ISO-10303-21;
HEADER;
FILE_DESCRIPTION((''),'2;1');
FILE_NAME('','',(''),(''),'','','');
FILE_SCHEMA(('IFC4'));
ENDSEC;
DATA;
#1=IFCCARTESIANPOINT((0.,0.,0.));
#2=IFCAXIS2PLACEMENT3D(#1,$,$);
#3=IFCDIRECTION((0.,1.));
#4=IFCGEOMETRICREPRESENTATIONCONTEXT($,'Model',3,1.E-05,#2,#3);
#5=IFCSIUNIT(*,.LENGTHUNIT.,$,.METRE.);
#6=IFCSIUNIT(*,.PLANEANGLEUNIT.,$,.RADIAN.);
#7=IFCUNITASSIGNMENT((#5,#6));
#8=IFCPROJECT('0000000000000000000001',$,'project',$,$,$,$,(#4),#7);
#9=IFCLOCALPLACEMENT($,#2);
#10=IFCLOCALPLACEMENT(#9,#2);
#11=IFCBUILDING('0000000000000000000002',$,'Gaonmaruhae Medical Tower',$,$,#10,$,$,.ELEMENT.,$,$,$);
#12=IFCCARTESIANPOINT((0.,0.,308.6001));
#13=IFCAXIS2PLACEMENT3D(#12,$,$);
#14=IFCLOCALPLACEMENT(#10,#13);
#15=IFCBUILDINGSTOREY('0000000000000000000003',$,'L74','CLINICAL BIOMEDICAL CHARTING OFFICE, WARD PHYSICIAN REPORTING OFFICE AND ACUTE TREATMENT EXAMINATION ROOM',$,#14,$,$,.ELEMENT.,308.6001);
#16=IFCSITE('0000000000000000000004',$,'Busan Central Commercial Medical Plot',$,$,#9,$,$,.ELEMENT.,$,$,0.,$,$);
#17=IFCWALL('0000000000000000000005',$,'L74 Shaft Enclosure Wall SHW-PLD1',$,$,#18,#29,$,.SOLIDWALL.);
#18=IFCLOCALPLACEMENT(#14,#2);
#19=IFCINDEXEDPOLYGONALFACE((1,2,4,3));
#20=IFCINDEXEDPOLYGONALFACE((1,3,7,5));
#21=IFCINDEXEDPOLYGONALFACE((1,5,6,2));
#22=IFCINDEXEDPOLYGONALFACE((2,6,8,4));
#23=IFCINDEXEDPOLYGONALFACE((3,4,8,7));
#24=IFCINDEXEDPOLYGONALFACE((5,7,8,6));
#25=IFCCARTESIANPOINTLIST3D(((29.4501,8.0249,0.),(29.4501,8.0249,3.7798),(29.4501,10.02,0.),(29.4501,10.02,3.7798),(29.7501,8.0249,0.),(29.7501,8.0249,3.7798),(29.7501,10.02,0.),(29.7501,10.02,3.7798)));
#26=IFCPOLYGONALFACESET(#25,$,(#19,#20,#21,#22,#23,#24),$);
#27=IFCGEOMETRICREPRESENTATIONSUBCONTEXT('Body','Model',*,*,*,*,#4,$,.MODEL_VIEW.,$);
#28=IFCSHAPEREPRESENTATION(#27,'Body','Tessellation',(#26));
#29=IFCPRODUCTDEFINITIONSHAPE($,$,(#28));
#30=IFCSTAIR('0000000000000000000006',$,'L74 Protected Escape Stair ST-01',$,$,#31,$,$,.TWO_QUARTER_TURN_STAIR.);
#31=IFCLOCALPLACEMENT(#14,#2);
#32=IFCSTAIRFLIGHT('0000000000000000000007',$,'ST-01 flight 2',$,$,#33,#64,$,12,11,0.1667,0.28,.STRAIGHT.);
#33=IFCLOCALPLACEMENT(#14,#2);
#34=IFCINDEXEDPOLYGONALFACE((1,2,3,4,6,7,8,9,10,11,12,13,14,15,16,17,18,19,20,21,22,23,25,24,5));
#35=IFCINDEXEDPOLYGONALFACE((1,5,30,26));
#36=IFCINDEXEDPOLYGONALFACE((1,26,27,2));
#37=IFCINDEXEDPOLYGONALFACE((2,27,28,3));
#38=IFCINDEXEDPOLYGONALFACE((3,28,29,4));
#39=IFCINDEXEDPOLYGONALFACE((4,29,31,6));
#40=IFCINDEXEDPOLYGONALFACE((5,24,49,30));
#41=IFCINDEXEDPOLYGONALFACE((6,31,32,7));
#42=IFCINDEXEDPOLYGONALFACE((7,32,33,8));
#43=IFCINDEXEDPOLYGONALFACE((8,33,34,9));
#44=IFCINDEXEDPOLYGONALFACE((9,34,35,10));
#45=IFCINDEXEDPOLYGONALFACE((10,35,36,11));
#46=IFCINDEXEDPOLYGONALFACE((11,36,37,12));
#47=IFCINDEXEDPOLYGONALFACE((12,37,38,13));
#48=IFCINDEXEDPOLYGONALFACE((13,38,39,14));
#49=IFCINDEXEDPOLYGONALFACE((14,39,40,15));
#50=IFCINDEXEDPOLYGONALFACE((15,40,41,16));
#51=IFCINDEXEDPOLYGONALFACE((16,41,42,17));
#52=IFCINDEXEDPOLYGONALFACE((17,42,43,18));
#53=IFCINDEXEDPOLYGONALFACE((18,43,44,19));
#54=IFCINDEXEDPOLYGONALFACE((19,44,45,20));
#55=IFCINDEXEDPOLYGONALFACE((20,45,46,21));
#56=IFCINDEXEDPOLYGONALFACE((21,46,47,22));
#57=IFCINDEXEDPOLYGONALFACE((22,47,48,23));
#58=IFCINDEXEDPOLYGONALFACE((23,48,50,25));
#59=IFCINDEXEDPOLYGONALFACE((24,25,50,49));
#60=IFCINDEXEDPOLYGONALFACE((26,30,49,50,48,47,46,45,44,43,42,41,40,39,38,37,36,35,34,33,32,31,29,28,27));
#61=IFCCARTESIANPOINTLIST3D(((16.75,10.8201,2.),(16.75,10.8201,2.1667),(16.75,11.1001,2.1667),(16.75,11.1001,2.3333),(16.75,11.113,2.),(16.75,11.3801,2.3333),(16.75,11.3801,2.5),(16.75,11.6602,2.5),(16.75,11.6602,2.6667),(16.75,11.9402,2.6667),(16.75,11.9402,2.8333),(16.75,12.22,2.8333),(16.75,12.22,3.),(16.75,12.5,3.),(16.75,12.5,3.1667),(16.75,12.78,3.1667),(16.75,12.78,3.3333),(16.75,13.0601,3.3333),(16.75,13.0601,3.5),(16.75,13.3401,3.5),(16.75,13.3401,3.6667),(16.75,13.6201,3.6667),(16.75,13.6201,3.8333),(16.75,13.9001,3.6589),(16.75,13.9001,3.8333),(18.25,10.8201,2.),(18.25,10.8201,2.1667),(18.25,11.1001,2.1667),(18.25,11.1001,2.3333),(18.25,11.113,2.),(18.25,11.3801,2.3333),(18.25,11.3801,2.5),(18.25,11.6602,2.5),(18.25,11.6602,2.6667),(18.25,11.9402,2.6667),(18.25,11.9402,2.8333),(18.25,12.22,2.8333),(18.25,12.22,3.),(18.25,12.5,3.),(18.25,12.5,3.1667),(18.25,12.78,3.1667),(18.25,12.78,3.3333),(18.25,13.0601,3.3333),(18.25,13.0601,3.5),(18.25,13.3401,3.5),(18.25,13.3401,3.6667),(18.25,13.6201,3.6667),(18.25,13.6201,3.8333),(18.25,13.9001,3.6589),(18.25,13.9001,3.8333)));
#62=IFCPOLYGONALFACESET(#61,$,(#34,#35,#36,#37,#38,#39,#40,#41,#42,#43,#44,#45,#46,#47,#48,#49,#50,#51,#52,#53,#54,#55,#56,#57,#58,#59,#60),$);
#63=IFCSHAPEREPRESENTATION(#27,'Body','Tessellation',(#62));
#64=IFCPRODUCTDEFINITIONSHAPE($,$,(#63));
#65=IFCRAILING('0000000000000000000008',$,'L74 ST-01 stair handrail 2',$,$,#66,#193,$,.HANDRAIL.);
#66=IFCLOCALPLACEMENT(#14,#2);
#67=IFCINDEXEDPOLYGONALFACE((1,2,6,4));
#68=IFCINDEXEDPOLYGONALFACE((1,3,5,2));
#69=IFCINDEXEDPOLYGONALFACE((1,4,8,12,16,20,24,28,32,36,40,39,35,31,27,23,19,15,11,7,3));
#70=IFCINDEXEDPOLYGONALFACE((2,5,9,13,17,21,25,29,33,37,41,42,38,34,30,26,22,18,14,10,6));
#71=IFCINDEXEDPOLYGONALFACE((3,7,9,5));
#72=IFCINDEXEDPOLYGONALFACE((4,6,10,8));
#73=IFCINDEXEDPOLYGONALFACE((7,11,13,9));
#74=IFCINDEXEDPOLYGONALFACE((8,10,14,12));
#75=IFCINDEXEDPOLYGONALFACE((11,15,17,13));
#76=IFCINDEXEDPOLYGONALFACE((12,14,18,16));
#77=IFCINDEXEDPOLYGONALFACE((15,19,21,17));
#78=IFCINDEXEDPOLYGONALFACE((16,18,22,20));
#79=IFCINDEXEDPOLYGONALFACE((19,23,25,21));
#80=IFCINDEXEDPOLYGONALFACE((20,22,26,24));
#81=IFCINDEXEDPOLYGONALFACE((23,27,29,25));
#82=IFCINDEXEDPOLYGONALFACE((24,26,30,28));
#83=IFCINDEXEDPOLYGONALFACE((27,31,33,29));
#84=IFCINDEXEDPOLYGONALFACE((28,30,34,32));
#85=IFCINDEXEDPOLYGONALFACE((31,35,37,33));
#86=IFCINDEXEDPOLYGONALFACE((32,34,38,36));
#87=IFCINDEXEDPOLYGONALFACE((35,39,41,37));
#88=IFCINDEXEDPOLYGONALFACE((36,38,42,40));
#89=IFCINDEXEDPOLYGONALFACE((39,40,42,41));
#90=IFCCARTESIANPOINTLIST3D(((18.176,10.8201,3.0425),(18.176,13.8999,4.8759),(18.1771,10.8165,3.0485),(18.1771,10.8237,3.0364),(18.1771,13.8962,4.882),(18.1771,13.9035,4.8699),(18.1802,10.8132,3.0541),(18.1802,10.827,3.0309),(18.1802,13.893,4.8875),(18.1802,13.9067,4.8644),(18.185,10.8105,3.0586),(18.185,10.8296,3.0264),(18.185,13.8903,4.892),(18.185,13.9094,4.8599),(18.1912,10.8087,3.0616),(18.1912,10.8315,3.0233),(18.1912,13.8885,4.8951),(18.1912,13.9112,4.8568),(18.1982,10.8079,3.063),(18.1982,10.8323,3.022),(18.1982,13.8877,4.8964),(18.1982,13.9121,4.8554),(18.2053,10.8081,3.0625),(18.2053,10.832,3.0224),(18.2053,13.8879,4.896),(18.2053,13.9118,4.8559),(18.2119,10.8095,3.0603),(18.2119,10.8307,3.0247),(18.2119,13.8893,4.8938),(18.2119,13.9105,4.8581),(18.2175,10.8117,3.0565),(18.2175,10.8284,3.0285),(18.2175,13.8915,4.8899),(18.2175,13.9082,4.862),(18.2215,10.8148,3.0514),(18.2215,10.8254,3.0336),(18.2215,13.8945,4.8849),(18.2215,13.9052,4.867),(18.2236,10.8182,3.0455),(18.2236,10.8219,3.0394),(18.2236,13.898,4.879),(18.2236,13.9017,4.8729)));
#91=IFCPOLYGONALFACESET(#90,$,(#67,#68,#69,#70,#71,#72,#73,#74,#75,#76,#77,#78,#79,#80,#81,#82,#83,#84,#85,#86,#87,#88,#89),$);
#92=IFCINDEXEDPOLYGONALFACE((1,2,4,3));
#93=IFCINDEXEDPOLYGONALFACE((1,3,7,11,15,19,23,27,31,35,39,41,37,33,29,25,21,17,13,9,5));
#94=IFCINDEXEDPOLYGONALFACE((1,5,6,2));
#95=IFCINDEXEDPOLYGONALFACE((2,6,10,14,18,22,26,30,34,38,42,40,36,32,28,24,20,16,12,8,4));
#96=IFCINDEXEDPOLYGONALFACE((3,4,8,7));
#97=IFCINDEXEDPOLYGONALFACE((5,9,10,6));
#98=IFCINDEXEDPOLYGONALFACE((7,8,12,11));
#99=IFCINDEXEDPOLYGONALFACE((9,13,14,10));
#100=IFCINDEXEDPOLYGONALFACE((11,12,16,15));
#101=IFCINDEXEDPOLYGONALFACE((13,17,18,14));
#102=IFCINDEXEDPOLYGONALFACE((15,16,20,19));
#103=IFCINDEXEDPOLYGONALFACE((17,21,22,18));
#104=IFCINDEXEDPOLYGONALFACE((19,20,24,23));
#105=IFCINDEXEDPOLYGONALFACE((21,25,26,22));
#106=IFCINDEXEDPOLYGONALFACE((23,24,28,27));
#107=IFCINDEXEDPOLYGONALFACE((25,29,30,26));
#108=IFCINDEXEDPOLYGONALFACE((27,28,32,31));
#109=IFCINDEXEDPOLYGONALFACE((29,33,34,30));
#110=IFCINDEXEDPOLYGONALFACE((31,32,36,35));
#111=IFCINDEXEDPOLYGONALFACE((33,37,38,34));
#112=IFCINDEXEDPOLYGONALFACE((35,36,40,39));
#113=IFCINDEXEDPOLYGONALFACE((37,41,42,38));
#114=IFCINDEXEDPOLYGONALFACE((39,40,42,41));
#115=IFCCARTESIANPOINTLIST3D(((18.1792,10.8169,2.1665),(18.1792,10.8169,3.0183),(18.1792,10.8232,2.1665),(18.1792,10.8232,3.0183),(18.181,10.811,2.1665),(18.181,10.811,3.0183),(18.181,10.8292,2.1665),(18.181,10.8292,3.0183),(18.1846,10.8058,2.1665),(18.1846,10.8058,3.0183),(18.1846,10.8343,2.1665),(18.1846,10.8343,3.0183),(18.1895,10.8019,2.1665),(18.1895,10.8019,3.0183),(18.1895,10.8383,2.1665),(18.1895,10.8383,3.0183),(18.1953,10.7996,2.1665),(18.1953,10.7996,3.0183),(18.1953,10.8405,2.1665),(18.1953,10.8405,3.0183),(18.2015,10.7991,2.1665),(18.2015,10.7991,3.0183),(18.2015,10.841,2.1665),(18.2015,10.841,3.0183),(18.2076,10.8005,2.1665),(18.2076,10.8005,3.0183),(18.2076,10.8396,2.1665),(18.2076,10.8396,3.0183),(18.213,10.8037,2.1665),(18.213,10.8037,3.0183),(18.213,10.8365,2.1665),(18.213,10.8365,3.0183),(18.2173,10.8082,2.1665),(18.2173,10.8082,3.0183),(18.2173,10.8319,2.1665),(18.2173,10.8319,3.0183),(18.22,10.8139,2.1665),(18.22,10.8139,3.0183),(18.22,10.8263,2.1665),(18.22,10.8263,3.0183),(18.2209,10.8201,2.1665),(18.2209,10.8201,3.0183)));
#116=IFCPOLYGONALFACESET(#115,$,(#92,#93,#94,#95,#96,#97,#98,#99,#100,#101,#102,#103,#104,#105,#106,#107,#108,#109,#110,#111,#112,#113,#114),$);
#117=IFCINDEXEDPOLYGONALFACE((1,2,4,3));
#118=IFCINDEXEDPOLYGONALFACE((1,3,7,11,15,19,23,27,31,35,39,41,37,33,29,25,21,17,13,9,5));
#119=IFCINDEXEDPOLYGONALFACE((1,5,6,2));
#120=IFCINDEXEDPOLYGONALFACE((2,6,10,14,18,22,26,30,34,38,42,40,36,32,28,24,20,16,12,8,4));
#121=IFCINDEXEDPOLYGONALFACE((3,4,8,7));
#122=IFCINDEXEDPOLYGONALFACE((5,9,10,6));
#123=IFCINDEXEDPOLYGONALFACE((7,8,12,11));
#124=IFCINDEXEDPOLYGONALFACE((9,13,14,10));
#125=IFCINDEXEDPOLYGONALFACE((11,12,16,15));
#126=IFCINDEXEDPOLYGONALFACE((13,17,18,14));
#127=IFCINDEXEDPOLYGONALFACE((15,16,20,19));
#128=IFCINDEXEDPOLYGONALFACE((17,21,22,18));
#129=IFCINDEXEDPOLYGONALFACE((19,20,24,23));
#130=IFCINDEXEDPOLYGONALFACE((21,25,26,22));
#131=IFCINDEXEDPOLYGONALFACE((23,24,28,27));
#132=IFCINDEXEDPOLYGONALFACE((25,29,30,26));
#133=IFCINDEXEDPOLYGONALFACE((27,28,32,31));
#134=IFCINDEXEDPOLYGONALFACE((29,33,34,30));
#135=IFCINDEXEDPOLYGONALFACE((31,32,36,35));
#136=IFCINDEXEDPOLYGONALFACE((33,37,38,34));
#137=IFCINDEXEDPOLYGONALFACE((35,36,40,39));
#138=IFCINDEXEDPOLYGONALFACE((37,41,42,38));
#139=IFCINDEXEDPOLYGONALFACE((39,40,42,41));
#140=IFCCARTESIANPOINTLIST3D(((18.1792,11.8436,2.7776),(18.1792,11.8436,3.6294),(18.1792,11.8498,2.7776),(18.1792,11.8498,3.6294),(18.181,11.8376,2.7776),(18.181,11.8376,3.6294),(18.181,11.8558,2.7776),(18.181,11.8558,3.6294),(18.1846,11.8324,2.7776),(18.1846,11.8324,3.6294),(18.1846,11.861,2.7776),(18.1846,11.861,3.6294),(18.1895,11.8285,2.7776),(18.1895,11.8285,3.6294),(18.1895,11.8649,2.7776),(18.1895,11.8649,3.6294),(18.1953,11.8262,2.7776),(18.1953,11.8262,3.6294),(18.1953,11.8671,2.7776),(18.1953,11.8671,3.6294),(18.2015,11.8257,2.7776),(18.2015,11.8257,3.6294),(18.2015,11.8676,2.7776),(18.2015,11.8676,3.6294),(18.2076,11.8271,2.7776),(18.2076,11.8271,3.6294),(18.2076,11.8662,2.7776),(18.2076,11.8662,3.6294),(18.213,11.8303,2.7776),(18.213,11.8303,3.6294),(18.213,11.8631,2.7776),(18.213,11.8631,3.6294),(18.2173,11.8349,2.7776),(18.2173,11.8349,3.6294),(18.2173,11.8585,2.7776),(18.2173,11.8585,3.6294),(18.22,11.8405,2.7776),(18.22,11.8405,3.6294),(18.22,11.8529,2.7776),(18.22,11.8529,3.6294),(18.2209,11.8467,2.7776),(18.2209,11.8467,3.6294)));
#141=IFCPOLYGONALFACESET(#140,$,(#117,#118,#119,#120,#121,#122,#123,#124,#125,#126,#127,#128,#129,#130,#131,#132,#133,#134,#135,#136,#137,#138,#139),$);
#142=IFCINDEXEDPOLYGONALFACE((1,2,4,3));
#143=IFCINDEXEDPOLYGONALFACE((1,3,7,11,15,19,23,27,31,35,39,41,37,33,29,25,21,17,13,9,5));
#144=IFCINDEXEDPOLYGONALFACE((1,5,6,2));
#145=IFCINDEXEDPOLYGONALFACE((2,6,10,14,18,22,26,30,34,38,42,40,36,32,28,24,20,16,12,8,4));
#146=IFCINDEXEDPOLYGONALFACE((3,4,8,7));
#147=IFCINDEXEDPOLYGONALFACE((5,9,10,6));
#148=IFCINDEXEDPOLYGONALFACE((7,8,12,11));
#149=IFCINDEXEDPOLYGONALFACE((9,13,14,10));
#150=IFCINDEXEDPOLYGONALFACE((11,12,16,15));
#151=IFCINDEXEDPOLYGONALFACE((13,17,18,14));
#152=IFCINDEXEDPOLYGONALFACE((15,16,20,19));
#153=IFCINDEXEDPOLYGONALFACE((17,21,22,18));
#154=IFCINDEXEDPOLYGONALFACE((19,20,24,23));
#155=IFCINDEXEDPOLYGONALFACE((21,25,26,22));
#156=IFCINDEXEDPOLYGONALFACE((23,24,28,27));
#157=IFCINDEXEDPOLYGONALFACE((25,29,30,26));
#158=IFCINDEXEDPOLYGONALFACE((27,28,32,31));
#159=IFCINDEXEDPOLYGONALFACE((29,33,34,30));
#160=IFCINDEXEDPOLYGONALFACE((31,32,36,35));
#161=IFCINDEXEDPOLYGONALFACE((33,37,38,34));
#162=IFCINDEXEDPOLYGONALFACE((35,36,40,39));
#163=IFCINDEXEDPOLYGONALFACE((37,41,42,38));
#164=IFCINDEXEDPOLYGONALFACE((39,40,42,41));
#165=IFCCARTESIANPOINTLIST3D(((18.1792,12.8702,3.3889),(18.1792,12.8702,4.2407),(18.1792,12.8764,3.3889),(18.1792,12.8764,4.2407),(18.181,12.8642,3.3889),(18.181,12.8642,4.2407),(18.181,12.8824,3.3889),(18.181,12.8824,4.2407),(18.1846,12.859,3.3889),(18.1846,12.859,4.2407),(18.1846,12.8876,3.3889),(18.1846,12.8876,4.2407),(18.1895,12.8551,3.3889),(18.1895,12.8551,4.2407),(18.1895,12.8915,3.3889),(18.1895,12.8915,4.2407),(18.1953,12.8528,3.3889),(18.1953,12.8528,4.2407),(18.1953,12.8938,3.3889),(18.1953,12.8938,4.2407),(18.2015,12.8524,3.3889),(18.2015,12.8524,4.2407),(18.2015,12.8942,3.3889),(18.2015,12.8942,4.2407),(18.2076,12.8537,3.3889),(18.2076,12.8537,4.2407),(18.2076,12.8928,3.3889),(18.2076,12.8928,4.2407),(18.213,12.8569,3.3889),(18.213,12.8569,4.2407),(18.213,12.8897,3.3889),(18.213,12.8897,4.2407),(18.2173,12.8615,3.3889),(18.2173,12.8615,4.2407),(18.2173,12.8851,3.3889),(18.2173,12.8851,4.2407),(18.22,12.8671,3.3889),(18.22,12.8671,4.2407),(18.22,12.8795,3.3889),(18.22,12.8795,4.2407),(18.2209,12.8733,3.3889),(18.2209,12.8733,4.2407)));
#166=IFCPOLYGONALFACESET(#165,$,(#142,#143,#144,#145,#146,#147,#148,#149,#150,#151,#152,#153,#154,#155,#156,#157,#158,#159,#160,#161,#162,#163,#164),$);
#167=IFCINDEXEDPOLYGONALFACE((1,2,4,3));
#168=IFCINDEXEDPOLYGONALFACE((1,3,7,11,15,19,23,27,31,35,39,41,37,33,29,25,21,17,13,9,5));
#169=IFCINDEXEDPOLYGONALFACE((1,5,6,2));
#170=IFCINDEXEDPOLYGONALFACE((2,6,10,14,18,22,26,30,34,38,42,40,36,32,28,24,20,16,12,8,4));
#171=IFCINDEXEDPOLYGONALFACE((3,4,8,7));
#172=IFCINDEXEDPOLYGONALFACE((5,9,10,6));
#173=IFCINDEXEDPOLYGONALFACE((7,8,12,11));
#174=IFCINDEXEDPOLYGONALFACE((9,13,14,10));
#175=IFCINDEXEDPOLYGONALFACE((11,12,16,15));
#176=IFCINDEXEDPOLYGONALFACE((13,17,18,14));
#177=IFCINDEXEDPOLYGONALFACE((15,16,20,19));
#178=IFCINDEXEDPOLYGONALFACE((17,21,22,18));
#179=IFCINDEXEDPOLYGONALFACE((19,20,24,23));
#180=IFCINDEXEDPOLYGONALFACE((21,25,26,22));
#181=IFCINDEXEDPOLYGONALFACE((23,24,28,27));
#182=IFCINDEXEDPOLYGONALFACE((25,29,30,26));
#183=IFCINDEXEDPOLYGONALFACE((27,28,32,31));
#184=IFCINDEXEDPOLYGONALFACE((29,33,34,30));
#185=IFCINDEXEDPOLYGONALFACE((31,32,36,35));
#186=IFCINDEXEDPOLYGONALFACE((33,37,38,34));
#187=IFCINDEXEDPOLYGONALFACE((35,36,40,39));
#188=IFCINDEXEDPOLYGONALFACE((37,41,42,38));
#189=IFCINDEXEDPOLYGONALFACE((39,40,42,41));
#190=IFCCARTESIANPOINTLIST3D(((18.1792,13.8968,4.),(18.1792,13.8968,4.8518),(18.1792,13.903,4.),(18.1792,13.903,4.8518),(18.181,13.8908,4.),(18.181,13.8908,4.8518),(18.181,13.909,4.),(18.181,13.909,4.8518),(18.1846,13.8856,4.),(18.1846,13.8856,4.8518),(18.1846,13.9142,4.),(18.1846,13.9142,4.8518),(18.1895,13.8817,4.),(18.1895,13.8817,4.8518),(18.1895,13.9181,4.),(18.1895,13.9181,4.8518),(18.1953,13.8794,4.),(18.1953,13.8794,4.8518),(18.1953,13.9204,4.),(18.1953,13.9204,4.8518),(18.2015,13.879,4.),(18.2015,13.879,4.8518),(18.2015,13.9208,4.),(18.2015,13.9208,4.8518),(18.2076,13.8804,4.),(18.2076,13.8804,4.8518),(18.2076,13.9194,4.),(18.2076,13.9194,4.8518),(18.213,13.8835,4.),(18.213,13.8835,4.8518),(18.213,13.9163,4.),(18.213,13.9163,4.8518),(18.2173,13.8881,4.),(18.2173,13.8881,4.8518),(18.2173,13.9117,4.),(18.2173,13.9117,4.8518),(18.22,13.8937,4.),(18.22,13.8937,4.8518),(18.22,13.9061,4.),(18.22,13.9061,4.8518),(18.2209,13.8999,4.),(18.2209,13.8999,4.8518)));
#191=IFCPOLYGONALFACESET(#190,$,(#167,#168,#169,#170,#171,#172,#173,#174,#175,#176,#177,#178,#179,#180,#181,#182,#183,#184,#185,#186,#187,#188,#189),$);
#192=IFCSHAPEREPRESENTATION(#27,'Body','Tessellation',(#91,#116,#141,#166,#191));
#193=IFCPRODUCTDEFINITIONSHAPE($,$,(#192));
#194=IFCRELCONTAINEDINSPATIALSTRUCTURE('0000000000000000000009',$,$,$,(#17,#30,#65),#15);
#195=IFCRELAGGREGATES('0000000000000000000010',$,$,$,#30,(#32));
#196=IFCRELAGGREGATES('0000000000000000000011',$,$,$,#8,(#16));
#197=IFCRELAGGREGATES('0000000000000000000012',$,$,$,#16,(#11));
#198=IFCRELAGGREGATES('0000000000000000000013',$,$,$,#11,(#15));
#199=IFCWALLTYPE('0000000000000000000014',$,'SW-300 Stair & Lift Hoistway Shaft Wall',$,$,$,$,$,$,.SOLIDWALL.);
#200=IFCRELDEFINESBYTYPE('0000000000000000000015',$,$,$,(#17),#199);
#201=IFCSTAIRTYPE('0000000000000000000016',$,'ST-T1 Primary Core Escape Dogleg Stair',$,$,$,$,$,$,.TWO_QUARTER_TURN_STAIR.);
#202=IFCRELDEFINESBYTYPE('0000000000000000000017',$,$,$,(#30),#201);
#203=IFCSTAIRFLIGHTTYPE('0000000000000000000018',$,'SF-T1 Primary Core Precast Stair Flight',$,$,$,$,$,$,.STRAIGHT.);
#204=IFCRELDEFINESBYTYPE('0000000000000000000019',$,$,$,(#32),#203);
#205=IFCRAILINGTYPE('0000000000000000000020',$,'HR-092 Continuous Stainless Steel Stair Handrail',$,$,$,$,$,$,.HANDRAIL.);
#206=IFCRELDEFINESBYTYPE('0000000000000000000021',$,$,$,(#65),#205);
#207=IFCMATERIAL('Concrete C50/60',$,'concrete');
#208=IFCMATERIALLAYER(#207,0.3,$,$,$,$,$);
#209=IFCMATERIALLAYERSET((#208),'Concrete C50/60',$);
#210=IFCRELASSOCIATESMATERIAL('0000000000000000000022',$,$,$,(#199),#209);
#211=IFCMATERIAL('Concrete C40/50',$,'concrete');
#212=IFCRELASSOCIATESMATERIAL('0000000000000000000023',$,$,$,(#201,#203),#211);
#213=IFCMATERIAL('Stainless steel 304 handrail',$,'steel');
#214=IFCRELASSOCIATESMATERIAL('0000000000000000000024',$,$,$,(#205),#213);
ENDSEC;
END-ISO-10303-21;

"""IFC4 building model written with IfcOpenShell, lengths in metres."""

from ifc_helpers import new_model, si_unit, direction, frame, frame_2d, origin, origin_2d, place, context, subcontext, project, spatial, polyline, rectangle, circle, outline, extrude, material, layer, layer_set, type_object, element, aggregate, save


model = new_model("IFC4")

# Units and contexts
model_context = context("Model", 3, precision=1e-05, world=origin(), true_north=direction((0.0, 1.0)))
body_context = subcontext(model_context, "Body", "Model", "MODEL_VIEW")
ifc_project = project(units=[si_unit("LENGTHUNIT", "METRE"), si_unit("PLANEANGLEUNIT", "RADIAN")], contexts=[model_context])

# Site, building, storey
site_placement = place(None, origin())
site = spatial("IfcSite", under=ifc_project, at=site_placement, Name="Busan Central Commercial Medical Plot", CompositionType="ELEMENT", RefElevation=0.0)
building_placement = place(site_placement, origin())
building = spatial("IfcBuilding", under=site, at=building_placement, Name="Gaonmaruhae Medical Tower", CompositionType="ELEMENT")
storey_placement = place(building_placement, frame((0.0, 0.0, 308.6001)))
storey = spatial("IfcBuildingStorey", under=building, at=storey_placement, Name="L74", Description="CLINICAL BIOMEDICAL CHARTING OFFICE, WARD PHYSICIAN REPORTING OFFICE AND ACUTE TREATMENT EXAMINATION ROOM", CompositionType="ELEMENT", Elevation=308.6001)

# Shared definitions
ifc_material_1 = material(Name="Concrete C50/60", Category="concrete")

# Shared definitions
ifc_layer_1 = layer(ifc_material_1, 0.3)
ifc_layer_set_1 = layer_set([ifc_layer_1], Name="Concrete C50/60")
wall_type_1 = type_object("IfcWallType", Name="SW-300 Stair & Lift Hoistway Shaft Wall", PredefinedType="SOLIDWALL", material=ifc_layer_set_1)

# Wall
wall_1_placement = place(storey_placement, frame((29.6001, 8.0249, 0.0), z_axis=(0.0, 0.0, 1.0), x_axis=(0.0, 1.0, 0.0)))
element("IfcWall", 1, at=wall_1_placement, inside=storey, type_object=wall_type_1, Name="L74 Shaft Enclosure Wall SHW-PLD1", PredefinedType="SOLIDWALL", context=body_context, shape_type="SweptSolid", body=[
    extrude(rectangle(XDim=1.9951, YDim=0.3, at=frame_2d((0.9976, 0.0))), origin(), (0.0, 0.0, 1.0), 3.7798),
])

# Stair, stair flight
ifc_material_2 = material(Name="Concrete C40/50", Category="concrete")
stair_type = type_object("IfcStairType", Name="ST-T1 Primary Core Escape Dogleg Stair", PredefinedType="TWO_QUARTER_TURN_STAIR", material=ifc_material_2)
stair_placement = place(storey_placement, origin())
stair = element("IfcStair", 2, at=stair_placement, inside=storey, type_object=stair_type, Name="L74 Protected Escape Stair ST-01", PredefinedType="TWO_QUARTER_TURN_STAIR")
stair_flight_type = type_object("IfcStairFlightType", Name="SF-T1 Primary Core Precast Stair Flight", PredefinedType="STRAIGHT", material=ifc_material_2)
stair_flight_placement = place(storey_placement, frame((17.5, 10.8201, 2.0), z_axis=(0.0, 0.0, 1.0), x_axis=(0.0, 1.0, 0.0)))
stair_flight = element("IfcStairFlight", 3, at=stair_flight_placement, type_object=stair_flight_type, Name="ST-01 flight 2", NumberOfRisers=12, NumberOfTreads=11, PredefinedType="STRAIGHT", RiserHeight=0.1667, TreadLength=0.28, context=body_context, shape_type="SweptSolid", body=[
    extrude(outline(polyline([(0.0, 0.0), (0.0, 0.1667), (0.28, 0.1667), (0.28, 0.3333), (0.5601, 0.3333), (0.5601, 0.5), (0.8401, 0.5), (0.8401, 0.6667), (1.1201, 0.6667), (1.1201, 0.8333), (1.3999, 0.8333), (1.3999, 1.0), (1.6799, 1.0), (1.6799, 1.1667), (1.96, 1.1667), (1.96, 1.3333), (2.24, 1.3333), (2.24, 1.5), (2.52, 1.5), (2.52, 1.6667), (2.8, 1.6667), (2.8, 1.8333), (3.0801, 1.8333), (3.0801, 2.0), (3.0801, 1.6589), (0.293, 0.0), (0.0, 0.0)])), frame((0.0, 0.75, 0.0), z_axis=(0.0, -1.0, 0.0), x_axis=(1.0, 0.0, 0.0)), (0.0, 0.0, 1.0), 1.5),
])
aggregate(stair, [stair_flight])

# Railing
ifc_material_3 = material(Name="Stainless steel 304 handrail", Category="steel")
railing_type_1 = type_object("IfcRailingType", Name="HR-092 Continuous Stainless Steel Stair Handrail", PredefinedType="HANDRAIL", material=ifc_material_3)
railing_1_placement = place(storey_placement, frame((18.2, 10.8201, 2.1665)))
element("IfcRailing", 4, at=railing_1_placement, inside=storey, type_object=railing_type_1, Name="L74 ST-01 stair handrail 2", PredefinedType="HANDRAIL", context=body_context, shape_type="SweptSolid", body=[
    extrude(circle(Radius=0.0239, at=origin_2d()), frame((0.0, 0.0, 0.876), z_axis=(0.0, 0.859261, 0.511538), x_axis=(-1.0, 0.0, 0.0)), (0.0, 0.0, 1.0), 3.5842),
    extrude(circle(Radius=0.021, at=origin_2d()), origin(), (0.0, 0.0, 1.0), 0.8518),
    extrude(circle(Radius=0.021, at=origin_2d()), frame((0.0, 1.0266, 0.6111)), (0.0, 0.0, 1.0), 0.8518),
    extrude(circle(Radius=0.021, at=origin_2d()), frame((0.0, 2.0532, 1.2224)), (0.0, 0.0, 1.0), 0.8518),
    extrude(circle(Radius=0.021, at=origin_2d()), frame((0.0, 3.0798, 1.8335)), (0.0, 0.0, 1.0), 0.8518),
])

save(model, "model.ifc")
